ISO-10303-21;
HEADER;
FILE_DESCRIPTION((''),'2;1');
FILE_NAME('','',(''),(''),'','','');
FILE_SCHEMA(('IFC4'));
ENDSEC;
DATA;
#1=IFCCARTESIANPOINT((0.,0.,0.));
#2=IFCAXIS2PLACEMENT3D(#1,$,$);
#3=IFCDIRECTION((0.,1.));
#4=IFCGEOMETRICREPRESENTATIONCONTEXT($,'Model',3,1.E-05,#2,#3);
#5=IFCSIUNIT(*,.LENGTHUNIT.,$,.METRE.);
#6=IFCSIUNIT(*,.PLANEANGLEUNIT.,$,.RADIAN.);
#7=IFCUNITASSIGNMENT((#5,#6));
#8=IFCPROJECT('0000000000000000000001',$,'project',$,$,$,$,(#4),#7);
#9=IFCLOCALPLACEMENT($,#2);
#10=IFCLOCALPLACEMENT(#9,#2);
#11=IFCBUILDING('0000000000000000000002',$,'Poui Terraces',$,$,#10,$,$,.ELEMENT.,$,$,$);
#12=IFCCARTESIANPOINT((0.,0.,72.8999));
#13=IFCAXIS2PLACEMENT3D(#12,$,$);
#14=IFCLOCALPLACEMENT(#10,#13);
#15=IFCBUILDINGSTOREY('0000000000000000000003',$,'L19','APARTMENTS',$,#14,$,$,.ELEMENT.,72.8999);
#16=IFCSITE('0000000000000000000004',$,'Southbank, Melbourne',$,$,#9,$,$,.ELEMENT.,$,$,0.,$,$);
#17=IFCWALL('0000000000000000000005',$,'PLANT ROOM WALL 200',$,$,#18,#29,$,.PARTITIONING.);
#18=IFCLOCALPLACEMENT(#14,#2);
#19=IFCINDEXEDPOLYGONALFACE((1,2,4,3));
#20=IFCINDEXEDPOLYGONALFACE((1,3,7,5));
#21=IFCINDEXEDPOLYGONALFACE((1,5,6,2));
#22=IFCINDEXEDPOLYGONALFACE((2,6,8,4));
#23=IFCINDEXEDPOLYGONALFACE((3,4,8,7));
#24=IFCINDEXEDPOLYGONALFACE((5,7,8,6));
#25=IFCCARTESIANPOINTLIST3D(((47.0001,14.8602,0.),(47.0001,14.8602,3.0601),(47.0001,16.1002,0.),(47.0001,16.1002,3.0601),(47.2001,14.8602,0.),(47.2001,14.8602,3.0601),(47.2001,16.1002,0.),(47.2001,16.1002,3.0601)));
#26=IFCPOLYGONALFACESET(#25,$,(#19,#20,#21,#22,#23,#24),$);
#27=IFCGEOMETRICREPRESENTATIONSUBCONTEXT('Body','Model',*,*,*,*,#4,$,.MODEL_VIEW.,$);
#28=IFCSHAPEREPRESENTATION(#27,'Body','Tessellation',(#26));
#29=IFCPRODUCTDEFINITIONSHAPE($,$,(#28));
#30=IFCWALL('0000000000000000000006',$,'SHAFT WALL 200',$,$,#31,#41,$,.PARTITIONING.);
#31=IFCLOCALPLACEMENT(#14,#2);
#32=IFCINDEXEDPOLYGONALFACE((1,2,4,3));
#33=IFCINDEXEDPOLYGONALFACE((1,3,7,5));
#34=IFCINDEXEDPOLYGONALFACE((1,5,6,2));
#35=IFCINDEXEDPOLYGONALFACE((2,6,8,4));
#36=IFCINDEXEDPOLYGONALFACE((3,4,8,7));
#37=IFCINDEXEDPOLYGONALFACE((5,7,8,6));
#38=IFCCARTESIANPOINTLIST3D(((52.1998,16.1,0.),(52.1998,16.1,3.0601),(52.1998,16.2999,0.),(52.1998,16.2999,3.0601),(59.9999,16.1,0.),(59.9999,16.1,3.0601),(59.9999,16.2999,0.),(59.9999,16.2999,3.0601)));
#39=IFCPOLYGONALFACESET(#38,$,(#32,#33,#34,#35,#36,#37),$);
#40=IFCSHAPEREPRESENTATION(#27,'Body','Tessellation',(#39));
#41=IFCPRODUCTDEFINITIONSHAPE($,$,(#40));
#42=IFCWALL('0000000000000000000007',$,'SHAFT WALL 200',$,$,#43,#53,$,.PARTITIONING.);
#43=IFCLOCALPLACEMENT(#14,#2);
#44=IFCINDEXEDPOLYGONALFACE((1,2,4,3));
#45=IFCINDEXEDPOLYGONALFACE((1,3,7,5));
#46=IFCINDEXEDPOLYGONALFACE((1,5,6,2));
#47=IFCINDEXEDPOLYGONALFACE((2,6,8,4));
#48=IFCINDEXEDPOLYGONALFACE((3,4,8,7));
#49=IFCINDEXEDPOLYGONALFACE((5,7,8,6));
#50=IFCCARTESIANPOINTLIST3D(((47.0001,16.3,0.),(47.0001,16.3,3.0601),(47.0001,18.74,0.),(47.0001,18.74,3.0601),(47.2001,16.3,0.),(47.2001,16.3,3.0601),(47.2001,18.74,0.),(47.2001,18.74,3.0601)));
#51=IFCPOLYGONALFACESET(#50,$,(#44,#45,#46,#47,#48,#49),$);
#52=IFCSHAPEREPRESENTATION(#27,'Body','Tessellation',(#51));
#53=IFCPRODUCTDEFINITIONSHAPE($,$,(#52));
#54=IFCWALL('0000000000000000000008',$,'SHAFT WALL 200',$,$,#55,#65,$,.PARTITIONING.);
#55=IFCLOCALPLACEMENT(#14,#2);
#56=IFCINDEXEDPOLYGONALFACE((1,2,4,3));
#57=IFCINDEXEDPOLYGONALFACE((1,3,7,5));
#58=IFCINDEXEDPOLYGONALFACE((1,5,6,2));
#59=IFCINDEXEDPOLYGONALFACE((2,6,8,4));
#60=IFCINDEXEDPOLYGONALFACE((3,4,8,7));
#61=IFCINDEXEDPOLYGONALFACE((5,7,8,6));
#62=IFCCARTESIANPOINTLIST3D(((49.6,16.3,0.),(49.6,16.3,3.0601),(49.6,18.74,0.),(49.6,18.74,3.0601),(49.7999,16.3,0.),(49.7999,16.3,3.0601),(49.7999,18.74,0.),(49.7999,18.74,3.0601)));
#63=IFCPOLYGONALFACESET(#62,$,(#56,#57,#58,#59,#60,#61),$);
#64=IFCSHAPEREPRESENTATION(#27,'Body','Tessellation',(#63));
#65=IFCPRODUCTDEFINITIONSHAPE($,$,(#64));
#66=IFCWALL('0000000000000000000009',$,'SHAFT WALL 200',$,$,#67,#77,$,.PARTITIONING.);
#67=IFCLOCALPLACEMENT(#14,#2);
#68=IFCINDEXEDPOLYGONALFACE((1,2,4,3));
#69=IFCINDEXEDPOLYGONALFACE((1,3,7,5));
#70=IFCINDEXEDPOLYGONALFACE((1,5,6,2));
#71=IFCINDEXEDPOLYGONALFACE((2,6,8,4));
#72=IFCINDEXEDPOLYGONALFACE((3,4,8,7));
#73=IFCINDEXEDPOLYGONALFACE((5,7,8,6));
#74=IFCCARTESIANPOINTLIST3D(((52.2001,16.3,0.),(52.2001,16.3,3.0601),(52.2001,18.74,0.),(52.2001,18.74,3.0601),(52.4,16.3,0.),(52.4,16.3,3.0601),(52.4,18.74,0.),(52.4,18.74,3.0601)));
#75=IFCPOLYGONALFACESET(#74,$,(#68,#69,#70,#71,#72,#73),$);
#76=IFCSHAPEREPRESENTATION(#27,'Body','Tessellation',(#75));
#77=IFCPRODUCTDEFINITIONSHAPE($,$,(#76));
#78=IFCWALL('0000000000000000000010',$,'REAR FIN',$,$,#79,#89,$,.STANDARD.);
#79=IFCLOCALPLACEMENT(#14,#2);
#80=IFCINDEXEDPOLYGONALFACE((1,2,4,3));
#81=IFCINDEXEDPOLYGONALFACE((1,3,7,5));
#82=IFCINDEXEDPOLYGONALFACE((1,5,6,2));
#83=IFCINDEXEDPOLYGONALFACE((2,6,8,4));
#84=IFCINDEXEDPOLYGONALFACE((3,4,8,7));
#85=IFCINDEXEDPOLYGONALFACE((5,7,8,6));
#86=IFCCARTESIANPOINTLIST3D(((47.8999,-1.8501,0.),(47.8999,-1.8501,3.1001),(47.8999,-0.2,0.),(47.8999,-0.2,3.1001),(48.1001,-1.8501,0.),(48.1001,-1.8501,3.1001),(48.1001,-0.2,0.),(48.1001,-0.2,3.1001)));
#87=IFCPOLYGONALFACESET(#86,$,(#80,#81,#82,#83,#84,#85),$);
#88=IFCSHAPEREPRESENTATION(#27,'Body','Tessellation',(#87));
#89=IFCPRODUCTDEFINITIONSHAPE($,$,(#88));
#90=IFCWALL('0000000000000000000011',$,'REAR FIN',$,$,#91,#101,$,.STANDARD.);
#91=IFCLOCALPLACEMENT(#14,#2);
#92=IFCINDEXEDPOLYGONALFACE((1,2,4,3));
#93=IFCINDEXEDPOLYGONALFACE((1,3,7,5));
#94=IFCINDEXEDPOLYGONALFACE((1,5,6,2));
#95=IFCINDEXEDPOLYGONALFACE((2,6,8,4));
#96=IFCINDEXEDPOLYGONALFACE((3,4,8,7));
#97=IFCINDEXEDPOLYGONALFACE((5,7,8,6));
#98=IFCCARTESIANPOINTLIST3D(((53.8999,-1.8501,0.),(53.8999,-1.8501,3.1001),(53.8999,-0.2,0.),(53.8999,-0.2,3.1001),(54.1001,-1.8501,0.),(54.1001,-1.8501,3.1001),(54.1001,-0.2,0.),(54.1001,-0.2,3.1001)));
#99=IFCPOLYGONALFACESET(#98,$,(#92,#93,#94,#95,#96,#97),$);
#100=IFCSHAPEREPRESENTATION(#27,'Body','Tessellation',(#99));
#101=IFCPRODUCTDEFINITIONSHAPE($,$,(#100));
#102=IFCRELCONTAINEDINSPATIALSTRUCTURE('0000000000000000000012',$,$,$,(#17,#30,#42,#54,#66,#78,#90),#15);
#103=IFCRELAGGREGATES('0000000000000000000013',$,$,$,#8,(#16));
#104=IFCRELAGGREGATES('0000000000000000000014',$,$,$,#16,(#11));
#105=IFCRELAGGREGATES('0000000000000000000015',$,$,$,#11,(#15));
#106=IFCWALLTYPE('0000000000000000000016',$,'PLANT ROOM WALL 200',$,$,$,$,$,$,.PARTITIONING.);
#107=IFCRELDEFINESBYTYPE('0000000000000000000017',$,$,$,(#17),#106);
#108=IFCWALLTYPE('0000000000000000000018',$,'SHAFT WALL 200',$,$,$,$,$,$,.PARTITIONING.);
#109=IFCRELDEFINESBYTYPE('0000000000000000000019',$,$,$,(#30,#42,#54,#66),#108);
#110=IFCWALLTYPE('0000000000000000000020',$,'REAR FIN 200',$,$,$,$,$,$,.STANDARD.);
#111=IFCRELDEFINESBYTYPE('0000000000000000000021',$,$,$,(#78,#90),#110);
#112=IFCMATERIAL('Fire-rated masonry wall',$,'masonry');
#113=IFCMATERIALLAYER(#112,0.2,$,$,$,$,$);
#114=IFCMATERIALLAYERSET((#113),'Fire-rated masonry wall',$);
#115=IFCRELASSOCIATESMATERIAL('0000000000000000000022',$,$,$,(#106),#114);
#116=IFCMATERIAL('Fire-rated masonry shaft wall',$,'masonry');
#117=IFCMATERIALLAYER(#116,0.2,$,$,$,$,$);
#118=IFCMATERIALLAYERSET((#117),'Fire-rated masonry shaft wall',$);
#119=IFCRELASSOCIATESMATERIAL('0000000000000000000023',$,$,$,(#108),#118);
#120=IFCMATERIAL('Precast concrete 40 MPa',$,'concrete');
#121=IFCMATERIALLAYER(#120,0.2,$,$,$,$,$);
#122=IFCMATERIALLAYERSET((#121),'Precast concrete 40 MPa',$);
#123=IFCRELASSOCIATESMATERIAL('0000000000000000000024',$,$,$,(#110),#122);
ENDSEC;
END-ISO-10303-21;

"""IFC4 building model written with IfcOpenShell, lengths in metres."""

from ifc_helpers import new_model, si_unit, direction, frame, frame_2d, origin, place, context, subcontext, project, spatial, polyline, rectangle, outline, extrude, source, transform, mapped, material, layer, layer_set, type_object, element, save


model = new_model("IFC4")

# Units and contexts
model_context = context("Model", 3, precision=1e-05, world=origin(), true_north=direction((0.0, 1.0)))
body_context = subcontext(model_context, "Body", "Model", "MODEL_VIEW")
ifc_project = project(units=[si_unit("LENGTHUNIT", "METRE"), si_unit("PLANEANGLEUNIT", "RADIAN")], contexts=[model_context])

# Site, building, storey
site_placement = place(None, origin())
site = spatial("IfcSite", under=ifc_project, at=site_placement, Name="Southbank, Melbourne", CompositionType="ELEMENT", RefElevation=0.0)
building_placement = place(site_placement, origin())
building = spatial("IfcBuilding", under=site, at=building_placement, Name="Poui Terraces", CompositionType="ELEMENT")
storey_placement = place(building_placement, frame((0.0, 0.0, 72.8999)))
storey = spatial("IfcBuildingStorey", under=building, at=storey_placement, Name="L19", Description="APARTMENTS", CompositionType="ELEMENT", Elevation=72.8999)

# Shared definitions
ifc_material_1 = material(Name="Precast concrete 40 MPa", Category="concrete")

# Walls
ifc_material_2 = material(Name="Fire-rated masonry wall", Category="masonry")
ifc_layer_1 = layer(ifc_material_2, 0.2)
ifc_layer_set_1 = layer_set([ifc_layer_1], Name="Fire-rated masonry wall")
wall_type_1 = type_object("IfcWallType", Name="PLANT ROOM WALL 200", PredefinedType="PARTITIONING", material=ifc_layer_set_1)
wall_1_placement = place(storey_placement, frame((47.1001, 14.8601, 0.0), z_axis=(0.0, 0.0, 1.0), x_axis=(0.0, 1.0, 0.0)))
element("IfcWall", 1, at=wall_1_placement, inside=storey, type_object=wall_type_1, Name="PLANT ROOM WALL 200", PredefinedType="PARTITIONING", context=body_context, shape_type="SweptSolid", body=[
    extrude(rectangle(XDim=1.24, YDim=0.2, at=frame_2d((0.6201, 0.0))), origin(), (0.0, 0.0, 1.0), 3.0601),
])
ifc_material_3 = material(Name="Fire-rated masonry shaft wall", Category="masonry")
ifc_layer_2 = layer(ifc_material_3, 0.2)
ifc_layer_set_2 = layer_set([ifc_layer_2], Name="Fire-rated masonry shaft wall")
wall_type_2 = type_object("IfcWallType", Name="SHAFT WALL 200", PredefinedType="PARTITIONING", material=ifc_layer_set_2)
wall_2_placement = place(storey_placement, frame((52.2, 16.2, 0.0), z_axis=(0.0, 0.0, 1.0), x_axis=(1.0, 0.0, 0.0)))
element("IfcWall", 2, at=wall_2_placement, inside=storey, type_object=wall_type_2, Name="SHAFT WALL 200", PredefinedType="PARTITIONING", context=body_context, shape_type="SweptSolid", body=[
    extrude(rectangle(XDim=7.8, YDim=0.2, at=frame_2d((3.8999, 0.0))), origin(), (0.0, 0.0, 1.0), 3.0601),
])
for number, where, z_axis, x_axis, name in (
    (3, (47.1001, 16.3, 0.0), (0.0, 0.0, 1.0), (0.0, 1.0, 0.0), "SHAFT WALL 200"),
    (4, (49.7, 16.3, 0.0), (0.0, 0.0, 1.0), (0.0, 1.0, 0.0), "SHAFT WALL 200"),
    (5, (52.3, 16.3, 0.0), (0.0, 0.0, 1.0), (0.0, 1.0, 0.0), "SHAFT WALL 200"),
):
    element("IfcWall", number, at=place(storey_placement, frame(where, z_axis=z_axis, x_axis=x_axis)), inside=storey, type_object=wall_type_2, Name=name, PredefinedType="PARTITIONING", context=body_context, shape_type="SweptSolid", body=[
        extrude(rectangle(XDim=2.4399, YDim=0.2, at=frame_2d((1.22, 0.0))), origin(), (0.0, 0.0, 1.0), 3.0601),
    ])
ifc_layer_3 = layer(ifc_material_1, 0.2)
ifc_layer_set_3 = layer_set([ifc_layer_3], Name="Precast concrete 40 MPa")
wall_type_3 = type_object("IfcWallType", Name="REAR FIN 200", PredefinedType="STANDARD", material=ifc_layer_set_3)
shared_shape_1 = source(origin(), body_context, "Body", "SweptSolid", [
    extrude(outline(polyline([(0.0, 0.0), (0.2002, 0.0), (0.2002, 1.6501), (0.0, 1.6501), (0.0, 0.0)])), origin(), (0.0, 0.0, 1.0), 3.1001),
])
for number, where, name in (
    (6, (47.8999, -1.8501, 0.0), "REAR FIN"),
    (7, (53.8999, -1.8501, 0.0), "REAR FIN"),
):
    element("IfcWall", number, at=place(storey_placement, frame(where)), inside=storey, type_object=wall_type_3, Name=name, PredefinedType="STANDARD", context=body_context, shape_type="MappedRepresentation", body=[
        mapped(shared_shape_1, transform((0.0, 0.0, 0.0))),
    ])

save(model, "model.ifc")
